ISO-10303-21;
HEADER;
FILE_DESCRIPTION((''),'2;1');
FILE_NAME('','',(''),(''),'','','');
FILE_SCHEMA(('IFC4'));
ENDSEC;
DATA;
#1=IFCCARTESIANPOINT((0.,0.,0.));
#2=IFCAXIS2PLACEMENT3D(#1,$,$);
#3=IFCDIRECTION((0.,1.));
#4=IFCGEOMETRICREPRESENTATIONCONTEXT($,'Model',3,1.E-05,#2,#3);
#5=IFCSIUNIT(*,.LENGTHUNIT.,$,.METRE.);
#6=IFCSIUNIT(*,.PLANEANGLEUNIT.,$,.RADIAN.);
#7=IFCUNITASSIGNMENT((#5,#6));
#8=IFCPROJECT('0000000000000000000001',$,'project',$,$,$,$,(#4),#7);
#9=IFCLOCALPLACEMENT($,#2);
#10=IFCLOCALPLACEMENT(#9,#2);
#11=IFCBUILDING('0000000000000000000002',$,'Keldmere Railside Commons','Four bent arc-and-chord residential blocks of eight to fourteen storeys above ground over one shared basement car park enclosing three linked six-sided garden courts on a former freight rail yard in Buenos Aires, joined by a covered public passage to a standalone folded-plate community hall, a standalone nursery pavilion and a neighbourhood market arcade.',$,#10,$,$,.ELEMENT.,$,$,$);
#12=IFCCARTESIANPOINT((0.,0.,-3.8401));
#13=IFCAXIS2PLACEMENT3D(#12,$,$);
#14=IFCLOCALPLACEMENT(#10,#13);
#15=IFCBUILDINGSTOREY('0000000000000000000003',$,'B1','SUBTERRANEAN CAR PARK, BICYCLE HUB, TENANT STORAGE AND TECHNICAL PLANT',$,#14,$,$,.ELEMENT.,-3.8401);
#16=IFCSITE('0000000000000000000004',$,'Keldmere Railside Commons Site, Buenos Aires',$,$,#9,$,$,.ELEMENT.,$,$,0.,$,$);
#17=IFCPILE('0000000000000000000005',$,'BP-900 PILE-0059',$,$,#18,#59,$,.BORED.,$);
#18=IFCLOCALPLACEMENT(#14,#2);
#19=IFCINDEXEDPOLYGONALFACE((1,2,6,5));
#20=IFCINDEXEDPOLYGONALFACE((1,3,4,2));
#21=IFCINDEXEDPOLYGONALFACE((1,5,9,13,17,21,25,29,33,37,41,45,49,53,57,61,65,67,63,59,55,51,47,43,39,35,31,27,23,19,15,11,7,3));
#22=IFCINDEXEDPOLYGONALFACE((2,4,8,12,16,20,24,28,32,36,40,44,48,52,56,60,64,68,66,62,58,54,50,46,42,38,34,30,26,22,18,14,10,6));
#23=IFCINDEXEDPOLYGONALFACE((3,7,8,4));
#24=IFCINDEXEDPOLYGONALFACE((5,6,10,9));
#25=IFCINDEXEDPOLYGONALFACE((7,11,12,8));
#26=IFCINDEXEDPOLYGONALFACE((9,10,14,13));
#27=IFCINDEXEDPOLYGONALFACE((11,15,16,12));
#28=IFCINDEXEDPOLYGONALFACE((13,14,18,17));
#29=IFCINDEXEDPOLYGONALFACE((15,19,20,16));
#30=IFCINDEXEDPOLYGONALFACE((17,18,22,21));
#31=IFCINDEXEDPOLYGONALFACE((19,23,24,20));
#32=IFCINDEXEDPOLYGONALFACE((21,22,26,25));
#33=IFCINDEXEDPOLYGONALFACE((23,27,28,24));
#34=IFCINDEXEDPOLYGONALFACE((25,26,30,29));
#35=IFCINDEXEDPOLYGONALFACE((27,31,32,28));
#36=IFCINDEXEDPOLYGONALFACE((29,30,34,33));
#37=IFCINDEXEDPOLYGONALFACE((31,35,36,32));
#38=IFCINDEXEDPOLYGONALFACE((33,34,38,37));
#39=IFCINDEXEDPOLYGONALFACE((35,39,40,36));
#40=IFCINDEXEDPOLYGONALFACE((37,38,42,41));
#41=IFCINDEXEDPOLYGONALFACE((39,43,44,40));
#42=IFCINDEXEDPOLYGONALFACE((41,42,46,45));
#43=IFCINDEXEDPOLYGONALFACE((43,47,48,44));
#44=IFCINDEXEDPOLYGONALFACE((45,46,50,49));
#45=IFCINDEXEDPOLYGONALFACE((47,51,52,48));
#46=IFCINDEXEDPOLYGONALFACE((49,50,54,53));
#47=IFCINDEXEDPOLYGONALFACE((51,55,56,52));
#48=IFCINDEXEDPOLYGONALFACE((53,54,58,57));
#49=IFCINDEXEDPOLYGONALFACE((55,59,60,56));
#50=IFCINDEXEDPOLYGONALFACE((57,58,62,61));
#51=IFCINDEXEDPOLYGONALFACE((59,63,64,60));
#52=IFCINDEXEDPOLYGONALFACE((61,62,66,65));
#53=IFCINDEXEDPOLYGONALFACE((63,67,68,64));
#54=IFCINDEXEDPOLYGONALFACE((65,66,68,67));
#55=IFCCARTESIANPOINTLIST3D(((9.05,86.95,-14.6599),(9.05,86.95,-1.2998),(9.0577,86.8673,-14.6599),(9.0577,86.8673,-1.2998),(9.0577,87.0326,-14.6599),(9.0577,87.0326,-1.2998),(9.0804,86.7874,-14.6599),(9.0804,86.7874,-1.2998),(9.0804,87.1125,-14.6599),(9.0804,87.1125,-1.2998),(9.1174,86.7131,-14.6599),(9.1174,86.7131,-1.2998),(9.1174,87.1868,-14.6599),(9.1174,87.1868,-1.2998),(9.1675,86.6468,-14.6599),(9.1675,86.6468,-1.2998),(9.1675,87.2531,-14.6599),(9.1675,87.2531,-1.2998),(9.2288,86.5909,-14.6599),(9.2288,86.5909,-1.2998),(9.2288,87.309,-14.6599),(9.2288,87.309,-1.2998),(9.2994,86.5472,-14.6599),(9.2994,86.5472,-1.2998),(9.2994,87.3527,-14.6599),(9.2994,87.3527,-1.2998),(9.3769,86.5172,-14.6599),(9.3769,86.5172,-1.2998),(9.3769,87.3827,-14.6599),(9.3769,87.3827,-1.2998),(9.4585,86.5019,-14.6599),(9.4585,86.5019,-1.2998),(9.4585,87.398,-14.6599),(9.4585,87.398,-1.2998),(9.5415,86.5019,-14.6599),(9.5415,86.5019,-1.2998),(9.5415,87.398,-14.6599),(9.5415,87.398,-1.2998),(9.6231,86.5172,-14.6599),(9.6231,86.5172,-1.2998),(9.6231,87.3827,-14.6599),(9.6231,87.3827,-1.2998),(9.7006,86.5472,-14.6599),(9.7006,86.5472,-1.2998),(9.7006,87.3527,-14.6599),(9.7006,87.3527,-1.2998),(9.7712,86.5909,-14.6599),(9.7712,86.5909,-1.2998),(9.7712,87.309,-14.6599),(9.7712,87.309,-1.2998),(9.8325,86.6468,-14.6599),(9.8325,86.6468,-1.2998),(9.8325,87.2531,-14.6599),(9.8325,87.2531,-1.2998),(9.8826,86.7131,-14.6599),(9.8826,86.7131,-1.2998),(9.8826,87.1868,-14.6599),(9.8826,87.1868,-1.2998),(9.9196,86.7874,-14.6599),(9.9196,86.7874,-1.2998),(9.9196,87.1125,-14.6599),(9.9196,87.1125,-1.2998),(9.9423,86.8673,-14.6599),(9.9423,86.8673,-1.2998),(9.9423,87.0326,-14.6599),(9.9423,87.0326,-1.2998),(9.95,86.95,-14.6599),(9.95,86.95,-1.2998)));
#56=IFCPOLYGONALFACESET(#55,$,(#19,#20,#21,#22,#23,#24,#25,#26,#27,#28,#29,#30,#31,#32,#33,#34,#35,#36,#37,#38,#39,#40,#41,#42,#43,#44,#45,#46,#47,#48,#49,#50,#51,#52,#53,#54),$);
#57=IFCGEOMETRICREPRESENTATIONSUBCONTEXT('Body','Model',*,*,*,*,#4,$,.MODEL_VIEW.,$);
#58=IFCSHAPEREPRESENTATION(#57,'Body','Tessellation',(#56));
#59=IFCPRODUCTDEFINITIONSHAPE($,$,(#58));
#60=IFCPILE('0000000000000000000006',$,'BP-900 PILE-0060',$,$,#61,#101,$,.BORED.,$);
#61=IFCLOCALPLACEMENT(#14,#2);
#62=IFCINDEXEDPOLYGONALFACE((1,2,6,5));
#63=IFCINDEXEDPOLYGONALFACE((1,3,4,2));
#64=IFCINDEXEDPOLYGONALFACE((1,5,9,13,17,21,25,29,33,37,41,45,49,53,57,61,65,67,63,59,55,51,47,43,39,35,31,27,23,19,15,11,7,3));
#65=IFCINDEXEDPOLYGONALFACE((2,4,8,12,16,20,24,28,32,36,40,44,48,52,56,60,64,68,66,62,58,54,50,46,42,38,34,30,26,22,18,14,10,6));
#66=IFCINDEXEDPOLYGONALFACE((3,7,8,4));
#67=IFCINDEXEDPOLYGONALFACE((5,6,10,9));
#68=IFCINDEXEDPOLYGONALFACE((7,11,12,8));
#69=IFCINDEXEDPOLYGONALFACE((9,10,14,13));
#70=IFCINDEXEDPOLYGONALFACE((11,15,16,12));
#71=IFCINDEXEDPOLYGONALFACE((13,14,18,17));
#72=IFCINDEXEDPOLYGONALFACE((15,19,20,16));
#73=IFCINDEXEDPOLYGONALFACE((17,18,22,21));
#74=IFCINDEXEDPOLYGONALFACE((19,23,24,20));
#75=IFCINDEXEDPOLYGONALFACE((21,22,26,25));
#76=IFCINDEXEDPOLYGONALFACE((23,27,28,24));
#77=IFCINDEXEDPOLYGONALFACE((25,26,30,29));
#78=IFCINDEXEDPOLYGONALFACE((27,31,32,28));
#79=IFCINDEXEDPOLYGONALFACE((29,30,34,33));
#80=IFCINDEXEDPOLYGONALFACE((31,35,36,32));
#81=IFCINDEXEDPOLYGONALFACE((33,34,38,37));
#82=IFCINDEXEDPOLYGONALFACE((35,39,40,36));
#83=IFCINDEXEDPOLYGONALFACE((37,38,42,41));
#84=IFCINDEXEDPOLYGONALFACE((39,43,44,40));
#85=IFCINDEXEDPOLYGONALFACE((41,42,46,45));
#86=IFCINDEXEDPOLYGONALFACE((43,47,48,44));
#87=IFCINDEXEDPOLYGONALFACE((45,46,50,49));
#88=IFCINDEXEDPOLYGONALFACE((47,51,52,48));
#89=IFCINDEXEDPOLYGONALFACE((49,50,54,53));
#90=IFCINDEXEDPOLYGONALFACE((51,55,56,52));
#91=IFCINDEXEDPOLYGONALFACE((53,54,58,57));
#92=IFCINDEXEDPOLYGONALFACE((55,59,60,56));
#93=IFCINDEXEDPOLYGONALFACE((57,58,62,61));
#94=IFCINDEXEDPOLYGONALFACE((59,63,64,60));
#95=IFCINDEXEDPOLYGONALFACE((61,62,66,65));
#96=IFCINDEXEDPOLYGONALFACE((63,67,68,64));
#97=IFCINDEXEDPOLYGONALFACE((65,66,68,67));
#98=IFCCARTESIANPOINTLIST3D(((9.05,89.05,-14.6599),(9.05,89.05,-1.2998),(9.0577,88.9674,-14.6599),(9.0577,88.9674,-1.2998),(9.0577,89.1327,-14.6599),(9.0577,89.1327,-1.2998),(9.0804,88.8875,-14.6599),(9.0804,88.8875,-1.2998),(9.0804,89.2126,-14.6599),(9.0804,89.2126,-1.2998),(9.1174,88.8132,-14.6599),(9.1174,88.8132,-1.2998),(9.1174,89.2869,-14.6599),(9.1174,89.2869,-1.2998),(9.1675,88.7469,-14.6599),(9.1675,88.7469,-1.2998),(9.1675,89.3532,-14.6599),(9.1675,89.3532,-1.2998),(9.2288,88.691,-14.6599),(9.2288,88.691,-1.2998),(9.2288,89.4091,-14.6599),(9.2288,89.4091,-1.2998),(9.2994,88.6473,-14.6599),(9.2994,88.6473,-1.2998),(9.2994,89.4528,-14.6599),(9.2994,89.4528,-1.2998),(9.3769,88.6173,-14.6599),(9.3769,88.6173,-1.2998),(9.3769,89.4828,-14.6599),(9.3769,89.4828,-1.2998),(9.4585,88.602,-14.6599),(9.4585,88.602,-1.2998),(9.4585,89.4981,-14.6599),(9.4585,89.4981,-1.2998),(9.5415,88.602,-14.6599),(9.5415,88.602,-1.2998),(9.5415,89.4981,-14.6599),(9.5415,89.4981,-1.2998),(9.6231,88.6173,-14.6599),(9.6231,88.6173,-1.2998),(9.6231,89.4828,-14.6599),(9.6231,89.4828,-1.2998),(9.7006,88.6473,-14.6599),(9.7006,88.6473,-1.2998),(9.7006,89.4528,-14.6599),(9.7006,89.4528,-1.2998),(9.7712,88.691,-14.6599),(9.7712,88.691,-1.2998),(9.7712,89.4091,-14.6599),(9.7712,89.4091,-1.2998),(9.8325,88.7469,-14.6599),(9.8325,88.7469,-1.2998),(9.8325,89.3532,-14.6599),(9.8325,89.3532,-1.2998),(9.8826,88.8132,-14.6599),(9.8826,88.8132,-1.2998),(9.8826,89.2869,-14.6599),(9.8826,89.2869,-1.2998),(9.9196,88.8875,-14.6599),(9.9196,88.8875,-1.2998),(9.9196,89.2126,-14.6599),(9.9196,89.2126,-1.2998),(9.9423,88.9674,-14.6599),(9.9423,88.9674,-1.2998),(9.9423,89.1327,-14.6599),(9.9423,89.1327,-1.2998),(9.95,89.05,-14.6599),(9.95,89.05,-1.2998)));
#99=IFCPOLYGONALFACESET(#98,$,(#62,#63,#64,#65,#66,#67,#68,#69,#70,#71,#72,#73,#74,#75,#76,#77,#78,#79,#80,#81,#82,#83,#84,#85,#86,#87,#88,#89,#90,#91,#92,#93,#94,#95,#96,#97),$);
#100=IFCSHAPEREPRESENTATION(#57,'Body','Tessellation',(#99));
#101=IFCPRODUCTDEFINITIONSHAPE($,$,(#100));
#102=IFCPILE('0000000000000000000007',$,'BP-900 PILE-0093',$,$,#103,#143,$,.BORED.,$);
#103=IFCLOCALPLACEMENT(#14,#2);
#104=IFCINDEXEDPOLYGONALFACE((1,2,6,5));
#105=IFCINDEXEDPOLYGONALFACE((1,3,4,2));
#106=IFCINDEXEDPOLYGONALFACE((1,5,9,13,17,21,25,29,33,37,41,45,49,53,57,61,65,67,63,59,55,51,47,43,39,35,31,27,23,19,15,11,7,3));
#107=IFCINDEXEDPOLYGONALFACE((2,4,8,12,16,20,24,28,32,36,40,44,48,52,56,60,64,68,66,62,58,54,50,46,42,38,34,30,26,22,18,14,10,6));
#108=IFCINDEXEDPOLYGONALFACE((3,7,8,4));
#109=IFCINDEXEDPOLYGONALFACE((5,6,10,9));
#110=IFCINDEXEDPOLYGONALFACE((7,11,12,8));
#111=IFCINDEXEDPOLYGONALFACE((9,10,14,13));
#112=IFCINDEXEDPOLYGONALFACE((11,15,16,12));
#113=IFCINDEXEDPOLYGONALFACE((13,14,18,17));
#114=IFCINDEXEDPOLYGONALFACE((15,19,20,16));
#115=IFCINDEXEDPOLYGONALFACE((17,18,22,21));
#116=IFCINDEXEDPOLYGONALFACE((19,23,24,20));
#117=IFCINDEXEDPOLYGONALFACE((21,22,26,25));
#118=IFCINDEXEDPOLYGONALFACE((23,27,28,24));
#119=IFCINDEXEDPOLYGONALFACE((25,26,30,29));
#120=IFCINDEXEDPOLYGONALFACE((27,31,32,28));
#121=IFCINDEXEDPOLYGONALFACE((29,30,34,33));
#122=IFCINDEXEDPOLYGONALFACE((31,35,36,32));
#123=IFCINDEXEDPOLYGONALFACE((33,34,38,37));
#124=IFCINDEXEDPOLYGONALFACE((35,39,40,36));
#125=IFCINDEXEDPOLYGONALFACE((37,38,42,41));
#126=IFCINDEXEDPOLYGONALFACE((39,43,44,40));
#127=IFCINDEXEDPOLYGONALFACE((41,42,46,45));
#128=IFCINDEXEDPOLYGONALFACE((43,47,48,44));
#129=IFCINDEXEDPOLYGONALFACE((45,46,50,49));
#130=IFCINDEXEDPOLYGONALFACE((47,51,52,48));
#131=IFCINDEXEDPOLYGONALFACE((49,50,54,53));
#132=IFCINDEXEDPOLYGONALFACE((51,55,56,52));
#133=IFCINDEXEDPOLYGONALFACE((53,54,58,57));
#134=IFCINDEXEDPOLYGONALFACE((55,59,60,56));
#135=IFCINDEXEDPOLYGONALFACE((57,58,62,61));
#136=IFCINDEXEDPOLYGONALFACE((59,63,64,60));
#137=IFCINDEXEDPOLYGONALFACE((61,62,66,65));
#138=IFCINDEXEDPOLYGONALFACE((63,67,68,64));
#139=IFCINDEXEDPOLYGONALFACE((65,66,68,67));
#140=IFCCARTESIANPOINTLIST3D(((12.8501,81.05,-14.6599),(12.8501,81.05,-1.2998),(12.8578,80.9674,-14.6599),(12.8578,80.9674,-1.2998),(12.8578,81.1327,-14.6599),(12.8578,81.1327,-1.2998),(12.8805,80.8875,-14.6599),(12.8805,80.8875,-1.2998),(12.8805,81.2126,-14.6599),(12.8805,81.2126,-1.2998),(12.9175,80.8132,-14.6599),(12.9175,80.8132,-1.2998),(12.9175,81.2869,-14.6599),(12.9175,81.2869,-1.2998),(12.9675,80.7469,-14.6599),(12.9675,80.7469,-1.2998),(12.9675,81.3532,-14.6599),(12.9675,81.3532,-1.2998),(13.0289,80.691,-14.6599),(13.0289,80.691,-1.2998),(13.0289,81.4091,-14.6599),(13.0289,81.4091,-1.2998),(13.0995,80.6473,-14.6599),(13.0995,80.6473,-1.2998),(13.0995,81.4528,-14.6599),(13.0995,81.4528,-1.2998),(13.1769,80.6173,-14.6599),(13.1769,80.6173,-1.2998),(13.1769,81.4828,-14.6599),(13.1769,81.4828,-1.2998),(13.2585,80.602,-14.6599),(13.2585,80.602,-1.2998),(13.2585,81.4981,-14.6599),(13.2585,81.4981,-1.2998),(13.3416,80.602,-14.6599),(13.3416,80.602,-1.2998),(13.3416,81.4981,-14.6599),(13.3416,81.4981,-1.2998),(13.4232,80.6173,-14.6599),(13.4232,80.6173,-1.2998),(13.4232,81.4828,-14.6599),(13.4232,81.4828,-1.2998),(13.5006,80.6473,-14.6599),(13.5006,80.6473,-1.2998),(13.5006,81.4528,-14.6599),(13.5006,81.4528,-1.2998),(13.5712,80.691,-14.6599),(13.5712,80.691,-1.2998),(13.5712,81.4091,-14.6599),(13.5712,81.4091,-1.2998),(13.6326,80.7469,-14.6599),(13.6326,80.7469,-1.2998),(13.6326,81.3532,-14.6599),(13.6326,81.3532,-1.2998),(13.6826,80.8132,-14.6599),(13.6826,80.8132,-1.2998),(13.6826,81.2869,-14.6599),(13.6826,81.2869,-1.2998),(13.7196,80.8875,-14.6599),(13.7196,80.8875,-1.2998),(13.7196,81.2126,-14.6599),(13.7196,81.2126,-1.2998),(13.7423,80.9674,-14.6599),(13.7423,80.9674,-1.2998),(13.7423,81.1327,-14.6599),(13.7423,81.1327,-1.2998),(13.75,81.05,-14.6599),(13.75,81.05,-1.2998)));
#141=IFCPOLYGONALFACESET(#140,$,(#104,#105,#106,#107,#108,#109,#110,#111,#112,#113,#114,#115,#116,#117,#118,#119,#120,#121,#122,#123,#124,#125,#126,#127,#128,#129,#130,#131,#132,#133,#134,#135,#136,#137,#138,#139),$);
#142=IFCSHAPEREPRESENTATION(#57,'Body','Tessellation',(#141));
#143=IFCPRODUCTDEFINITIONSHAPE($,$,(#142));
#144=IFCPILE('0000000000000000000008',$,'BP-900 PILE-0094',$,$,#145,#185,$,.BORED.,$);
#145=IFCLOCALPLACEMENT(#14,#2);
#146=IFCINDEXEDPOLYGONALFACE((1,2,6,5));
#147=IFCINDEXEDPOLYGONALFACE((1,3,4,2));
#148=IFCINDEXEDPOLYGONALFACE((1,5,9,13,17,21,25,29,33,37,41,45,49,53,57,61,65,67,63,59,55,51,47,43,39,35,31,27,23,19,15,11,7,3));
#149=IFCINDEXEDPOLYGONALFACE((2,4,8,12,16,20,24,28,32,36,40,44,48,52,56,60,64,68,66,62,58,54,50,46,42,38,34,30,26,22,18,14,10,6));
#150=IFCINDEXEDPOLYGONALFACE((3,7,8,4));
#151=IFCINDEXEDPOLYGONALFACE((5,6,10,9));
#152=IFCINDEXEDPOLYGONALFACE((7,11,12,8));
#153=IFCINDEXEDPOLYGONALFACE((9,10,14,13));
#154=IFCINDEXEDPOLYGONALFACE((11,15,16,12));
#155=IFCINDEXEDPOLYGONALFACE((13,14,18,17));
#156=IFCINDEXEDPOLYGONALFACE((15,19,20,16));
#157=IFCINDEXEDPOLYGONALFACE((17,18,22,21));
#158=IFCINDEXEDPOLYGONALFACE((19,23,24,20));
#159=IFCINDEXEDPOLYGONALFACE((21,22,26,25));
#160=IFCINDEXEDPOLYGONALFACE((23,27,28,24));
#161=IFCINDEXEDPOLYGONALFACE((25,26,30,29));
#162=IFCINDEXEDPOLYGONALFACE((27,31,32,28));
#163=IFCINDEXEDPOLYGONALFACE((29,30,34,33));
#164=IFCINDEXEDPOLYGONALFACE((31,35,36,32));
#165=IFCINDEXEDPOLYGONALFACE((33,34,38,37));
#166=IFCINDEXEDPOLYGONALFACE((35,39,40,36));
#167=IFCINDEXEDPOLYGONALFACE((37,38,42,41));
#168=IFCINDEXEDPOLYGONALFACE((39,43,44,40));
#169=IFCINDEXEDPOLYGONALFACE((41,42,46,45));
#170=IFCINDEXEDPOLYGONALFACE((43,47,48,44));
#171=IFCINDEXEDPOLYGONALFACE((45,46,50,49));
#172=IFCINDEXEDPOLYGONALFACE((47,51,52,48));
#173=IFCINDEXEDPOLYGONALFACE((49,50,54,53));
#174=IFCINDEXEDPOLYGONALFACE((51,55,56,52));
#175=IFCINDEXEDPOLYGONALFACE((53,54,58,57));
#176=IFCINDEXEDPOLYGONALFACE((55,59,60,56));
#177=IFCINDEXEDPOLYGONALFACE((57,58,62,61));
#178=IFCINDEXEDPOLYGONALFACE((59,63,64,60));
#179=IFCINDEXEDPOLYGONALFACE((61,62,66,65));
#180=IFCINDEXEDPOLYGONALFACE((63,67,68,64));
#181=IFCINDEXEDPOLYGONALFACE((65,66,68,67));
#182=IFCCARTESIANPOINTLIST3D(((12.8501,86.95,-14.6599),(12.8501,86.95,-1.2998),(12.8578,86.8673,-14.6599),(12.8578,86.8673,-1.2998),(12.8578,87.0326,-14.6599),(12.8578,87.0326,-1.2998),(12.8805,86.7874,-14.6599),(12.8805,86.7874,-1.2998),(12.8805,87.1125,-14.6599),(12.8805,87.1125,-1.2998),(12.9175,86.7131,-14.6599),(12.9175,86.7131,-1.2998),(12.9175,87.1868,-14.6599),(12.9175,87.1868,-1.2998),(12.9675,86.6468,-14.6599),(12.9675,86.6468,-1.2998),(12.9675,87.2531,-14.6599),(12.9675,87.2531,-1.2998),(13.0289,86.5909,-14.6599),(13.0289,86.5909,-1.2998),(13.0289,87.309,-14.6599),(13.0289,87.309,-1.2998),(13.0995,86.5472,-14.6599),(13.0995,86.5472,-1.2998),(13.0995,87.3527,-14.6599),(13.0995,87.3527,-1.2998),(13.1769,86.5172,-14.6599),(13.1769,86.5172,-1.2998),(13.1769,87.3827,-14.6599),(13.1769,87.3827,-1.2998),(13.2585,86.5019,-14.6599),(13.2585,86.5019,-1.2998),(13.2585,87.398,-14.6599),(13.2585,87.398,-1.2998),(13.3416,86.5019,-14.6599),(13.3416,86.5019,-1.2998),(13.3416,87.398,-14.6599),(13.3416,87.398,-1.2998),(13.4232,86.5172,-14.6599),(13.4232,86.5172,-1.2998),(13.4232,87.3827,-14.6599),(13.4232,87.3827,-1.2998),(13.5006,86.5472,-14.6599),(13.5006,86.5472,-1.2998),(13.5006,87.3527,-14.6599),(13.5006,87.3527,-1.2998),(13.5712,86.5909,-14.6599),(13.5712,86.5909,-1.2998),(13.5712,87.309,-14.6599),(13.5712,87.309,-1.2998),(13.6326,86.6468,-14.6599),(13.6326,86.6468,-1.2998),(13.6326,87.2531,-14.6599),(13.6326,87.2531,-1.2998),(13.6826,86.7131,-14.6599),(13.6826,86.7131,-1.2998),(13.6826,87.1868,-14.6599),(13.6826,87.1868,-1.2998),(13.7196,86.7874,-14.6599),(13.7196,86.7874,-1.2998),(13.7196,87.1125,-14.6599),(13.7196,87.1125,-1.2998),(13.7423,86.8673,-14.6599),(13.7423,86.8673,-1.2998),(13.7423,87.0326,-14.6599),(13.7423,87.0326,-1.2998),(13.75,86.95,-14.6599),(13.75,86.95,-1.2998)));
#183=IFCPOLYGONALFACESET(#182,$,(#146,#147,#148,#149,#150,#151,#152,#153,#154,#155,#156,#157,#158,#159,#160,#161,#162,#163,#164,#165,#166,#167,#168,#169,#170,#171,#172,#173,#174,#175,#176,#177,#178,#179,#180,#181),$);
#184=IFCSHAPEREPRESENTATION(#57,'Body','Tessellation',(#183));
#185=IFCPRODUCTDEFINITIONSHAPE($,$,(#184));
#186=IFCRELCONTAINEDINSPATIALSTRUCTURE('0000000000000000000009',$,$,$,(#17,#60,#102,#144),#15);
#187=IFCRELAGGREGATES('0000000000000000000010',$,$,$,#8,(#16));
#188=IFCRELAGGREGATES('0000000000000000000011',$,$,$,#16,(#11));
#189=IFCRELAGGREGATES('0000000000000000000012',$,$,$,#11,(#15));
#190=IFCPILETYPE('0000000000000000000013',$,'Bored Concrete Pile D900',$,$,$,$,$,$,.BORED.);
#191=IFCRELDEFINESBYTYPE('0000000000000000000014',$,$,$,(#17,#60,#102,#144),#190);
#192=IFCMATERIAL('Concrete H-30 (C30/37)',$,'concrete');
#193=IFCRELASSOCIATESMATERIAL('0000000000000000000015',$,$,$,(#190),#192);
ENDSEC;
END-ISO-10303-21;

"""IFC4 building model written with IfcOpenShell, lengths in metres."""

from ifc_helpers import new_model, si_unit, direction, frame, origin, origin_2d, place, context, subcontext, project, spatial, circle, extrude, material, material_profile, profile_set, type_object, element, save


model = new_model("IFC4")

# Units and contexts
model_context = context("Model", 3, precision=1e-05, world=origin(), true_north=direction((0.0, 1.0)))
body_context = subcontext(model_context, "Body", "Model", "MODEL_VIEW")
ifc_project = project(units=[si_unit("LENGTHUNIT", "METRE"), si_unit("PLANEANGLEUNIT", "RADIAN")], contexts=[model_context])

# Site, building, storey
site_placement = place(None, origin())
site = spatial("IfcSite", under=ifc_project, at=site_placement, Name="Keldmere Railside Commons Site, Buenos Aires", CompositionType="ELEMENT", RefElevation=0.0)
building_placement = place(site_placement, origin())
building = spatial("IfcBuilding", under=site, at=building_placement, Name="Keldmere Railside Commons", Description="Four bent arc-and-chord residential blocks of eight to fourteen storeys above ground over one shared basement car park enclosing three linked six-sided garden courts on a former freight rail yard in Buenos Aires, joined by a covered public passage to a standalone folded-plate community hall, a standalone nursery pavilion and a neighbourhood market arcade.", CompositionType="ELEMENT")
storey_placement = place(building_placement, frame((0.0, 0.0, -3.8401)))
storey = spatial("IfcBuildingStorey", under=building, at=storey_placement, Name="B1", Description="SUBTERRANEAN CAR PARK, BICYCLE HUB, TENANT STORAGE AND TECHNICAL PLANT", CompositionType="ELEMENT", Elevation=-3.8401)

# Piles
ifc_material_1 = material(Name="Concrete H-30 (C30/37)", Category="concrete")
ifc_material_profile_1 = material_profile(ifc_material_1, circle(Radius=0.45, at=origin_2d()), Name="PILE-D900")
ifc_profile_set_1 = profile_set([ifc_material_profile_1], Name="Concrete H-30 (C30/37)")
pile_type = type_object("IfcPileType", Name="Bored Concrete Pile D900", PredefinedType="BORED", material=ifc_profile_set_1)
for number, where, z_axis, x_axis, name in (
    (1, (9.5, 86.95, -1.2998), (0.0, 0.0, -1.0), (1.0, 0.0, 0.0), "BP-900 PILE-0059"),
    (2, (9.5, 89.05, -1.2998), (0.0, 0.0, -1.0), (1.0, 0.0, 0.0), "BP-900 PILE-0060"),
    (3, (13.3, 81.05, -1.2998), (0.0, 0.0, -1.0), (1.0, 0.0, 0.0), "BP-900 PILE-0093"),
    (4, (13.3, 86.95, -1.2998), (0.0, 0.0, -1.0), (1.0, 0.0, 0.0), "BP-900 PILE-0094"),
):
    element("IfcPile", number, at=place(storey_placement, frame(where, z_axis=z_axis, x_axis=x_axis)), inside=storey, type_object=pile_type, Name=name, PredefinedType="BORED", context=body_context, shape_type="SweptSolid", body=[
        extrude(circle(Radius=0.45, at=origin_2d()), origin(), (0.0, 0.0, 1.0), 13.3601),
    ])

save(model, "model.ifc")
